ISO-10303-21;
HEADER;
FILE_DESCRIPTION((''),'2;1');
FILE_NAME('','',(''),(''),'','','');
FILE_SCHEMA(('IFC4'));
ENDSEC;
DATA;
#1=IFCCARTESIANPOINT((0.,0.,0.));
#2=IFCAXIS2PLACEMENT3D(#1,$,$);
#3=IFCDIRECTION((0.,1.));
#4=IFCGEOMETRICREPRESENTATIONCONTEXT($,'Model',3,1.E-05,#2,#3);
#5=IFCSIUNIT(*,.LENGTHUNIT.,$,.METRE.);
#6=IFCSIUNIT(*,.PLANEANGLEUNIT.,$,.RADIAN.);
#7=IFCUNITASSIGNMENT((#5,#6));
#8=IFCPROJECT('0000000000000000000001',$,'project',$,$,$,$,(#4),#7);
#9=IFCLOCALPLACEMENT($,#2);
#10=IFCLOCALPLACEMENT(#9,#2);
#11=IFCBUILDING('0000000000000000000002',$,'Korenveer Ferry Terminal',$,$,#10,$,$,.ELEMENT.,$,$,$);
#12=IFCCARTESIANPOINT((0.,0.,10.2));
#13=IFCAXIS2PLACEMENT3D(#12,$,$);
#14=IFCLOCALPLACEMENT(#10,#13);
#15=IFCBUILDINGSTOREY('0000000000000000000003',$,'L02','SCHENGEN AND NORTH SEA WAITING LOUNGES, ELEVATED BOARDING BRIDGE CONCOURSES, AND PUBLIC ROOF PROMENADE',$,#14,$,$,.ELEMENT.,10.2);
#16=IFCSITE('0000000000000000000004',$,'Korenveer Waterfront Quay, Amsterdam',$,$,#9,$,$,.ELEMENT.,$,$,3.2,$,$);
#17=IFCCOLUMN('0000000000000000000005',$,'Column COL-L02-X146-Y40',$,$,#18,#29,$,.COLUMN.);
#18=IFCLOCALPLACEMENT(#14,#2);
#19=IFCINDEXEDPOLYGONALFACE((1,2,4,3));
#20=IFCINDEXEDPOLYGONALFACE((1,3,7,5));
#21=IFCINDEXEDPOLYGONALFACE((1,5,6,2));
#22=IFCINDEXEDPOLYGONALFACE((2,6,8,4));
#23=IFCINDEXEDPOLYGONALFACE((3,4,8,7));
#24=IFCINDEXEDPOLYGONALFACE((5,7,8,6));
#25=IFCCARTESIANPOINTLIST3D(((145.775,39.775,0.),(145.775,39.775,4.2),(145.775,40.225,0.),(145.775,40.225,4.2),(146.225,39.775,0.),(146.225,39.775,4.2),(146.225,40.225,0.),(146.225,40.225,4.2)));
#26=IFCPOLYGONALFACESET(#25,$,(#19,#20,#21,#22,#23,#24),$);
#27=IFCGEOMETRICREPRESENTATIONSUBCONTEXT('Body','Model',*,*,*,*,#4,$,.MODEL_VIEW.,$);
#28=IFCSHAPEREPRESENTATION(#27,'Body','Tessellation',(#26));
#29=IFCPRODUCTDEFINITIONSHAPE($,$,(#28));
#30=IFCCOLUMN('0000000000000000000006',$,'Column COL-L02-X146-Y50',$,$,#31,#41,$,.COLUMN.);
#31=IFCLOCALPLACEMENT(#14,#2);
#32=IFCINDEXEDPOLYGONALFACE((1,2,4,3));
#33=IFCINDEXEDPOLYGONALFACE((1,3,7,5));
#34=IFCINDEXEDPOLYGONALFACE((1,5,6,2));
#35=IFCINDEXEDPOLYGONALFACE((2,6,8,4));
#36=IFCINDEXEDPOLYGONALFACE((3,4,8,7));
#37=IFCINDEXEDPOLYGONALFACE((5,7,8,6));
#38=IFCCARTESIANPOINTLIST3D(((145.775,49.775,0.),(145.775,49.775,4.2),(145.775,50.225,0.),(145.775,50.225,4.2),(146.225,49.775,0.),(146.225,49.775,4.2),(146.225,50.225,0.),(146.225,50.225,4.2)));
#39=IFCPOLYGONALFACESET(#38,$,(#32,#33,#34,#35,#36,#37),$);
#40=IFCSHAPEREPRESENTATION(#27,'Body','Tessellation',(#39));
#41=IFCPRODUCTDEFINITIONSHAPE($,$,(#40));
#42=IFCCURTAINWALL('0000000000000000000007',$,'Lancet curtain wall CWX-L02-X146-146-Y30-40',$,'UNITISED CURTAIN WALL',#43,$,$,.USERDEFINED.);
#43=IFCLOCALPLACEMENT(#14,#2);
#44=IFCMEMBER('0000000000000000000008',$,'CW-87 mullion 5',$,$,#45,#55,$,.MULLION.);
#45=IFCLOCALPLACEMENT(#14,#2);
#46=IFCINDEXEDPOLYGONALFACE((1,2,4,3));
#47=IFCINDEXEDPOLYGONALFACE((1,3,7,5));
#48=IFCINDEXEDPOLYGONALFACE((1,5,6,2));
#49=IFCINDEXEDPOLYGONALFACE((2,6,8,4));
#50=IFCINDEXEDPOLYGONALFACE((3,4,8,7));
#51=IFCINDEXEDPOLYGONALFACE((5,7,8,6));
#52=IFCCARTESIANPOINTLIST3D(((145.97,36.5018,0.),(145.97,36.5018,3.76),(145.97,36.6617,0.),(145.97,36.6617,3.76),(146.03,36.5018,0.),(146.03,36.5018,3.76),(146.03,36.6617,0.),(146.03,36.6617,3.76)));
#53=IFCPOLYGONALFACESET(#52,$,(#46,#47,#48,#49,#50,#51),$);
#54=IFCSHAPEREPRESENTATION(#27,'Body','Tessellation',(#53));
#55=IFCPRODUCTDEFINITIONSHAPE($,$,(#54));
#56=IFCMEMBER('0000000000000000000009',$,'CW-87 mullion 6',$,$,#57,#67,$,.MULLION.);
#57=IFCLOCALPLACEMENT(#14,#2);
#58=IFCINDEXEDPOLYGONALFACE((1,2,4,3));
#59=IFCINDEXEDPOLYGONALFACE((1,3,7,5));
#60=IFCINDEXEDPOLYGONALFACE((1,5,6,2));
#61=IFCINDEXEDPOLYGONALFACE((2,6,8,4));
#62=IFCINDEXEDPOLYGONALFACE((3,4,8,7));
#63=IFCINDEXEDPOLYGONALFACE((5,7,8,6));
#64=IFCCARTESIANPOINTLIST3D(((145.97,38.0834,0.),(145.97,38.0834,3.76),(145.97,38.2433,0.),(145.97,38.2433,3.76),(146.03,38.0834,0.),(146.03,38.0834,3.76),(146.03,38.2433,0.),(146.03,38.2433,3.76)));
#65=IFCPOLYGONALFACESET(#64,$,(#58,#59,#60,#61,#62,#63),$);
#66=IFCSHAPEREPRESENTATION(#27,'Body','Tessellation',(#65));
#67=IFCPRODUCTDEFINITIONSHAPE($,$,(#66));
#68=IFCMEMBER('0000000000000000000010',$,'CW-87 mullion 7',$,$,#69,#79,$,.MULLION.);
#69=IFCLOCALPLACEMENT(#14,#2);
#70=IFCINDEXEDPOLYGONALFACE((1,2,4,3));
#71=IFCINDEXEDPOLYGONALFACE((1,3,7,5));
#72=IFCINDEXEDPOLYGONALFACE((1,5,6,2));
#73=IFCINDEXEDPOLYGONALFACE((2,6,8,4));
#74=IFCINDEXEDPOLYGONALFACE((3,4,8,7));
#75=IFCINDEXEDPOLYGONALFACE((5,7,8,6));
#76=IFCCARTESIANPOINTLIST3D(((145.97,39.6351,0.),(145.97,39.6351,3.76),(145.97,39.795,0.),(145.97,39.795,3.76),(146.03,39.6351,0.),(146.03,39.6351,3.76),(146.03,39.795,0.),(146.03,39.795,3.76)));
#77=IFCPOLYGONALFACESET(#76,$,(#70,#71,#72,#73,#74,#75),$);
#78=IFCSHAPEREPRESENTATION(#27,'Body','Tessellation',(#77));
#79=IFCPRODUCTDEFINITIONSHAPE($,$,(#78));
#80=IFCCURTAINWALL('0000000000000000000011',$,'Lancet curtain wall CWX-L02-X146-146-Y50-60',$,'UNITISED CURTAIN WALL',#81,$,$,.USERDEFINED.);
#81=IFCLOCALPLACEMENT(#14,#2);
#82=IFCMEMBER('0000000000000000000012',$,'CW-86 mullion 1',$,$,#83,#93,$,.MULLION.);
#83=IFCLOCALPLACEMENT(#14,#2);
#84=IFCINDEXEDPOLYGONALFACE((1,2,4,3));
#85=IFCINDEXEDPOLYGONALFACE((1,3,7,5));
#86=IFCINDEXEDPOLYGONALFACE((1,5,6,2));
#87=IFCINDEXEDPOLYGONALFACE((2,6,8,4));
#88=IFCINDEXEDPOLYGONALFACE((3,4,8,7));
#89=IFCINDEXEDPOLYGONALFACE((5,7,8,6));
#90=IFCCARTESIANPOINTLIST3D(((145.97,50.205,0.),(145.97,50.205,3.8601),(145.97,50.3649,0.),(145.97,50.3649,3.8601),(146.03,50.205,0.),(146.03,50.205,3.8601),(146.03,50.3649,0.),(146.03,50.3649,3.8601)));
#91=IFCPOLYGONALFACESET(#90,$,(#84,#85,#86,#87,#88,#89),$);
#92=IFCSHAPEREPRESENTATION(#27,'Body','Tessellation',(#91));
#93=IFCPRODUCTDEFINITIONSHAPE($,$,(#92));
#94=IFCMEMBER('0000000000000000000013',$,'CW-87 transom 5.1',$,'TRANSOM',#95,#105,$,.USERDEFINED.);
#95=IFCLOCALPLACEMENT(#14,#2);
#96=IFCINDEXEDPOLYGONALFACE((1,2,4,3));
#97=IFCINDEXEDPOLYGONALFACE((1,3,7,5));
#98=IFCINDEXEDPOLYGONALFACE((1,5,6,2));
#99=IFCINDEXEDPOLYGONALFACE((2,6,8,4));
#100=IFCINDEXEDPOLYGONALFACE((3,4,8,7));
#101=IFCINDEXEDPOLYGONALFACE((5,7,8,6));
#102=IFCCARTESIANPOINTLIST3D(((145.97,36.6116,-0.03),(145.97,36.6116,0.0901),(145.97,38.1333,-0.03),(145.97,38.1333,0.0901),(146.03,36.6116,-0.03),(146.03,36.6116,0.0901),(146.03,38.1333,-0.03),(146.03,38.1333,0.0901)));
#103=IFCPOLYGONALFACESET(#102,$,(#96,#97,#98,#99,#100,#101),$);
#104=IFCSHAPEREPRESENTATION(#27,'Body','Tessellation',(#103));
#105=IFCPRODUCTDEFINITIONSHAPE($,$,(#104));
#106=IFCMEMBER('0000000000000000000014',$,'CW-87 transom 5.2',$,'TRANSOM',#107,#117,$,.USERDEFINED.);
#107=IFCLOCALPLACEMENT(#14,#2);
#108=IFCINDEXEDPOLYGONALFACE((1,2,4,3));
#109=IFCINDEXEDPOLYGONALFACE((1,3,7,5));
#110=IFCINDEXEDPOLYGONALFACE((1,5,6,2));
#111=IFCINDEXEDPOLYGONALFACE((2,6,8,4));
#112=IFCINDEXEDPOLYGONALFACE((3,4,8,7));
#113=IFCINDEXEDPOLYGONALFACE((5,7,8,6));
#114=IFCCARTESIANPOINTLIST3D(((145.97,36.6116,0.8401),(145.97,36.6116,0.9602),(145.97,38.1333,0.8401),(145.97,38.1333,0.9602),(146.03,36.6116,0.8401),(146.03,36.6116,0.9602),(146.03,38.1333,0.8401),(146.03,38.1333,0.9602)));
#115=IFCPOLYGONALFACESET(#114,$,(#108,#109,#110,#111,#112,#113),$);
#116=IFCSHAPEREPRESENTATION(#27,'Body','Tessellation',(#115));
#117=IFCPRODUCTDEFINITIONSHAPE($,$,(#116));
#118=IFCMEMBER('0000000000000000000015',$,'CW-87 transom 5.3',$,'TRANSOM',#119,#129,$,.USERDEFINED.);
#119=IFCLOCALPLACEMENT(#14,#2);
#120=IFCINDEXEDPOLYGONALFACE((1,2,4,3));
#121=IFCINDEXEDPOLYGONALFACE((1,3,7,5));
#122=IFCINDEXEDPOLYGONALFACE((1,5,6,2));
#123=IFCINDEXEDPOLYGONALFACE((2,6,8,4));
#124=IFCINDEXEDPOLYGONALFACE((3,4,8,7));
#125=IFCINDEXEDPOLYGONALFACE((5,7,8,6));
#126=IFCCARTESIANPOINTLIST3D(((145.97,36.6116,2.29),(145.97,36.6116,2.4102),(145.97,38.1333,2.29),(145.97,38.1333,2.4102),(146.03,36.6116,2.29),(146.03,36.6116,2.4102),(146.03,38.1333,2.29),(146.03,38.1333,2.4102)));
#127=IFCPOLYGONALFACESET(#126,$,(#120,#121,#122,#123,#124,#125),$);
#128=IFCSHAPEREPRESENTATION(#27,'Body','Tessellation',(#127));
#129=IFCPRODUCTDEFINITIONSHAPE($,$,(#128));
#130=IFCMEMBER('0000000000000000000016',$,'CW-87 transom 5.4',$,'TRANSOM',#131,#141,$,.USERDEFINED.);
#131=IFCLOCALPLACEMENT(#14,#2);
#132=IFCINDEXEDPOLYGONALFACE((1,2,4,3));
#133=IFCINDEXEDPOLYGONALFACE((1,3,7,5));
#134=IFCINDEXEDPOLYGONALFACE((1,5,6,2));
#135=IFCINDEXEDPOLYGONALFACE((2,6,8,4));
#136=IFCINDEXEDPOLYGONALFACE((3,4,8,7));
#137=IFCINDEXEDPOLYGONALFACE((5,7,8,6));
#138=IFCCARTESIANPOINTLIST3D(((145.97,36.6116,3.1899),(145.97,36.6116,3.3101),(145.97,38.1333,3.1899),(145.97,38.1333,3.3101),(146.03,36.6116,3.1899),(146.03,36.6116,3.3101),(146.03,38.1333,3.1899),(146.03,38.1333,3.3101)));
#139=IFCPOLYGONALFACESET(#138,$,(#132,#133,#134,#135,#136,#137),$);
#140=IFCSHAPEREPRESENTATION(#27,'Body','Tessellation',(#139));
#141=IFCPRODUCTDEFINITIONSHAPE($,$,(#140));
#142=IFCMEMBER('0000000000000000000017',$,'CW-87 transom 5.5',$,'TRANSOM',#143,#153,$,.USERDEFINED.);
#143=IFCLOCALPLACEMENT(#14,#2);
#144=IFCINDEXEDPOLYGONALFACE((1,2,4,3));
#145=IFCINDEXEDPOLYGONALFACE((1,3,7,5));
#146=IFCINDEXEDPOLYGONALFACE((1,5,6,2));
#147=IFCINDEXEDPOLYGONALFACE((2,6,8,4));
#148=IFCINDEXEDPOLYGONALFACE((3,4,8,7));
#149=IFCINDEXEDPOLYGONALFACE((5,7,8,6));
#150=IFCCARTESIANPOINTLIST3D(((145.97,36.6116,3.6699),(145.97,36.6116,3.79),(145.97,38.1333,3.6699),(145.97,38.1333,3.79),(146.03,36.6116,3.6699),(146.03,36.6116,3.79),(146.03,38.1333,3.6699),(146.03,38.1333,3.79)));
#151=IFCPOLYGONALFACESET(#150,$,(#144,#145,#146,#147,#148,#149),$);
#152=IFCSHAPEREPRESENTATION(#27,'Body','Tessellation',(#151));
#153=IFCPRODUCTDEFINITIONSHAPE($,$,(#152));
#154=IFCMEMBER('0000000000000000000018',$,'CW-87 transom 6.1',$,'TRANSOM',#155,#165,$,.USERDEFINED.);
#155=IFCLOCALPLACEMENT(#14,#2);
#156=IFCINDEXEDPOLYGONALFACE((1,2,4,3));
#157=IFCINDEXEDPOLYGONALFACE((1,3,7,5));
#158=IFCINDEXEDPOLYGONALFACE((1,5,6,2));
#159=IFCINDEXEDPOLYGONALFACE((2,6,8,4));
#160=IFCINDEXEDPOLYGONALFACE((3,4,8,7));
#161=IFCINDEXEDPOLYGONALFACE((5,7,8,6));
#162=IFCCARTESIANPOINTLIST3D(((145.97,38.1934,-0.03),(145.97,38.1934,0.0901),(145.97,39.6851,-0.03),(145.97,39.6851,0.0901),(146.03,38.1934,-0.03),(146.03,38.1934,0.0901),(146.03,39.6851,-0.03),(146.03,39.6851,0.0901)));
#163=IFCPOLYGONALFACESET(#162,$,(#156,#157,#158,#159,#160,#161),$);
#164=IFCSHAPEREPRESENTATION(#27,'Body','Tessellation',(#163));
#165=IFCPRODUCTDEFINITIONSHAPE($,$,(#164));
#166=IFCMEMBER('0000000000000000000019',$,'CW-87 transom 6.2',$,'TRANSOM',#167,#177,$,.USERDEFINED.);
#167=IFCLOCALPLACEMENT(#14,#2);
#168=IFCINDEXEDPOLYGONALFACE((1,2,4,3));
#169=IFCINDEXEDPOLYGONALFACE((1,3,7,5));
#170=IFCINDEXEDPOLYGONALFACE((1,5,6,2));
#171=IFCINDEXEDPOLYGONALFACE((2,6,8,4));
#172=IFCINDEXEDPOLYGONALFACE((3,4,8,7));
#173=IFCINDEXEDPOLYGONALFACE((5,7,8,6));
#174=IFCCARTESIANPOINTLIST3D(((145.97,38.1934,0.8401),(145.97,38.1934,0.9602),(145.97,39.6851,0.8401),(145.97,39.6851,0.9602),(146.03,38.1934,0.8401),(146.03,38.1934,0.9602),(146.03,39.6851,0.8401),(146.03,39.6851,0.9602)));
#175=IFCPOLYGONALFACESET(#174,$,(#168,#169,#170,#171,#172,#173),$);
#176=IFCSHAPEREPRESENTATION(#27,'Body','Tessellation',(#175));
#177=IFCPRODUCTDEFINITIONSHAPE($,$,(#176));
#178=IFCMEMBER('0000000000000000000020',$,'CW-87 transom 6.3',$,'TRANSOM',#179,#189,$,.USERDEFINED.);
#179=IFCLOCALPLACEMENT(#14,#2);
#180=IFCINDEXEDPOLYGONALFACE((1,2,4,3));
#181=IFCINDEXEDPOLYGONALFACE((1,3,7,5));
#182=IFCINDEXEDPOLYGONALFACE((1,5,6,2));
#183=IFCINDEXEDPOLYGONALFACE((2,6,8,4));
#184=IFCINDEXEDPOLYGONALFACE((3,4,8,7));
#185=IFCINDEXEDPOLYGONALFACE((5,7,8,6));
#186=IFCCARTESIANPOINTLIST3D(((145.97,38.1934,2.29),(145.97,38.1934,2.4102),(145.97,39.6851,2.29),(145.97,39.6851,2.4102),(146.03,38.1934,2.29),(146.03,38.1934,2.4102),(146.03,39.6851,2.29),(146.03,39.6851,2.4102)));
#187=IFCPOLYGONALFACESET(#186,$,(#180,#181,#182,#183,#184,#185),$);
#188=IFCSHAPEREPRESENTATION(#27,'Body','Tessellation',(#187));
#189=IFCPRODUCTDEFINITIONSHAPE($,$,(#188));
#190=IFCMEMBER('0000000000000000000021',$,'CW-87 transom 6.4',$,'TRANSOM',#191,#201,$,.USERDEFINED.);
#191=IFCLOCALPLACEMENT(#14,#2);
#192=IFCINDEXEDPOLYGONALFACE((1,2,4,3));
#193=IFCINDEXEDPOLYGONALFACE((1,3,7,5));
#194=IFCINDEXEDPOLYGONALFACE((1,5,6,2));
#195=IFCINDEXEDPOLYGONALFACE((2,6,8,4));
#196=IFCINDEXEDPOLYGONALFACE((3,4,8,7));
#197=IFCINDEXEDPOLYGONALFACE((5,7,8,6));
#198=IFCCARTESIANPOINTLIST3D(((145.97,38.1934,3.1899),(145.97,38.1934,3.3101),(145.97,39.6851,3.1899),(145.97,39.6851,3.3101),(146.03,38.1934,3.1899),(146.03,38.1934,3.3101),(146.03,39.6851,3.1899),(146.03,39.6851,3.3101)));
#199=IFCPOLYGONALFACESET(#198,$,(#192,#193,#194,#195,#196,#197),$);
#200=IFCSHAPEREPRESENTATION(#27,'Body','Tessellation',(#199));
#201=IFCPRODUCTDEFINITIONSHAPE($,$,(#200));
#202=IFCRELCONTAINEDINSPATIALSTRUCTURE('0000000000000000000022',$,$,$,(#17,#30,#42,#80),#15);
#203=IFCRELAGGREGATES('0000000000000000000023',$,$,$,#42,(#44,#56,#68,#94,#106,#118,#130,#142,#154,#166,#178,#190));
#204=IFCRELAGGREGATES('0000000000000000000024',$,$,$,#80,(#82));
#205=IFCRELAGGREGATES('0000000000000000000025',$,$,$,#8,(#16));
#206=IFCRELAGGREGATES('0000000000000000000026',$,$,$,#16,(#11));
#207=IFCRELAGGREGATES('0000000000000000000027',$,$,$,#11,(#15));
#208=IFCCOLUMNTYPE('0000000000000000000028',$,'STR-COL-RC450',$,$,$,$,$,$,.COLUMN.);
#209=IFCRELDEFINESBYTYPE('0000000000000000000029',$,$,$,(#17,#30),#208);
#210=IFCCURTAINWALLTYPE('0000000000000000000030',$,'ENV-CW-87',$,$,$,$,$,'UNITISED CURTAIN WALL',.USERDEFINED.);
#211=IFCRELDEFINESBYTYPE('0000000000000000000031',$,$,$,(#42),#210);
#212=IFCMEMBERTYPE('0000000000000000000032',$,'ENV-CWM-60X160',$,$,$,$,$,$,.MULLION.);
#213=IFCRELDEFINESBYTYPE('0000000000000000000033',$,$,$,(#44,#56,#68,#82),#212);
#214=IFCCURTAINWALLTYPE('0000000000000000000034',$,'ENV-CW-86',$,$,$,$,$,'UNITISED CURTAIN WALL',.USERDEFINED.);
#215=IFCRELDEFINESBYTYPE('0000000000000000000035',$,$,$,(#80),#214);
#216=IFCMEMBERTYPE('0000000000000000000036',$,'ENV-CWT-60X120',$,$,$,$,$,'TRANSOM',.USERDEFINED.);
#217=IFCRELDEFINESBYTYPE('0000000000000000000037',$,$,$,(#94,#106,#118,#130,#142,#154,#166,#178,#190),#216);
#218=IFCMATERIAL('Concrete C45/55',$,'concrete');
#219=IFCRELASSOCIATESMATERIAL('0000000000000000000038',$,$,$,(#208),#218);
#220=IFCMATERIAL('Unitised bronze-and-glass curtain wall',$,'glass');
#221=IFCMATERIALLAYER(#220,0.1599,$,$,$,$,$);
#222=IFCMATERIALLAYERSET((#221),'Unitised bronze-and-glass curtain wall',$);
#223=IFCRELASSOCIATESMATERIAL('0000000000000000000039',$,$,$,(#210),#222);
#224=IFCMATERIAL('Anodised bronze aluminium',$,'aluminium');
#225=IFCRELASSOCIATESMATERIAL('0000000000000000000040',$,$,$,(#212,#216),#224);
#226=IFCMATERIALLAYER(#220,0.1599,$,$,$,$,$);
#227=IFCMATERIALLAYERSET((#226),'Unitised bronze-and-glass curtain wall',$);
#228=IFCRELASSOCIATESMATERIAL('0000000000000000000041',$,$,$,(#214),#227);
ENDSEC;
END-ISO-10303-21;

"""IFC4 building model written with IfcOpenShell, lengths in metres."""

from ifc_helpers import new_model, si_unit, direction, frame, origin, origin_2d, place, context, subcontext, project, spatial, rectangle, extrude, material, layer, layer_set, material_profile, profile_set, type_object, element, aggregate, save


model = new_model("IFC4")

# Units and contexts
model_context = context("Model", 3, precision=1e-05, world=origin(), true_north=direction((0.0, 1.0)))
body_context = subcontext(model_context, "Body", "Model", "MODEL_VIEW")
ifc_project = project(units=[si_unit("LENGTHUNIT", "METRE"), si_unit("PLANEANGLEUNIT", "RADIAN")], contexts=[model_context])

# Site, building, storey
site_placement = place(None, origin())
site = spatial("IfcSite", under=ifc_project, at=site_placement, Name="Korenveer Waterfront Quay, Amsterdam", CompositionType="ELEMENT", RefElevation=3.2)
building_placement = place(site_placement, origin())
building = spatial("IfcBuilding", under=site, at=building_placement, Name="Korenveer Ferry Terminal", CompositionType="ELEMENT")
storey_placement = place(building_placement, frame((0.0, 0.0, 10.2)))
storey = spatial("IfcBuildingStorey", under=building, at=storey_placement, Name="L02", Description="SCHENGEN AND NORTH SEA WAITING LOUNGES, ELEVATED BOARDING BRIDGE CONCOURSES, AND PUBLIC ROOF PROMENADE", CompositionType="ELEMENT", Elevation=10.2)

# Columns
ifc_material_1 = material(Name="Concrete C45/55", Category="concrete")
ifc_material_profile_1 = material_profile(ifc_material_1, rectangle(XDim=0.45, YDim=0.45, at=origin_2d()), Name="RC 450x450")
ifc_profile_set_1 = profile_set([ifc_material_profile_1], Name="Concrete C45/55")
column_type = type_object("IfcColumnType", Name="STR-COL-RC450", PredefinedType="COLUMN", material=ifc_profile_set_1)
for number, where, z_axis, x_axis, name in (
    (1, (146.0, 40.0, 0.0), (0.0, 0.0, 1.0), (1.0, 0.0, 0.0), "Column COL-L02-X146-Y40"),
    (2, (146.0, 50.0, 0.0), (0.0, 0.0, 1.0), (1.0, 0.0, 0.0), "Column COL-L02-X146-Y50"),
):
    element("IfcColumn", number, at=place(storey_placement, frame(where, z_axis=z_axis, x_axis=x_axis)), inside=storey, type_object=column_type, Name=name, PredefinedType="COLUMN", context=body_context, shape_type="SweptSolid", body=[
        extrude(rectangle(XDim=0.45, YDim=0.45, at=origin_2d()), origin(), (0.0, 0.0, 1.0), 4.2),
    ])

# Curtain wall, members
ifc_material_2 = material(Name="Unitised bronze-and-glass curtain wall", Category="glass")
ifc_layer_1 = layer(ifc_material_2, 0.1599)
ifc_layer_set_1 = layer_set([ifc_layer_1], Name="Unitised bronze-and-glass curtain wall")
curtain_wall_type_1 = type_object("IfcCurtainWallType", Name="ENV-CW-87", ElementType="UNITISED CURTAIN WALL", PredefinedType="USERDEFINED", material=ifc_layer_set_1)
curtain_wall_1_placement = place(storey_placement, frame((146.0, 30.2549, 0.0)))
curtain_wall_1 = element("IfcCurtainWall", 3, at=curtain_wall_1_placement, inside=storey, type_object=curtain_wall_type_1, Name="Lancet curtain wall CWX-L02-X146-146-Y30-40", ObjectType="UNITISED CURTAIN WALL", PredefinedType="USERDEFINED")
ifc_material_3 = material(Name="Anodised bronze aluminium", Category="aluminium")
ifc_material_profile_2 = material_profile(ifc_material_3, rectangle(XDim=0.0601, YDim=0.1599, at=origin_2d()), Name="ALU 60x160")
ifc_profile_set_2 = profile_set([ifc_material_profile_2], Name="Anodised bronze aluminium")
member_type_1 = type_object("IfcMemberType", Name="ENV-CWM-60X160", PredefinedType="MULLION", material=ifc_profile_set_2)
member_1_placement = place(storey_placement, frame((146.0, 36.5818, 0.0), z_axis=(0.0, 0.0, 1.0), x_axis=(-1.0, 0.0, 0.0)))
member_1 = element("IfcMember", 4, at=member_1_placement, type_object=member_type_1, Name="CW-87 mullion 5", PredefinedType="MULLION", context=body_context, shape_type="SweptSolid", body=[
    extrude(rectangle(XDim=0.0601, YDim=0.1599, at=origin_2d()), origin(), (0.0, 0.0, 1.0), 3.76),
])
member_2_placement = place(storey_placement, frame((146.0, 38.1633, 0.0), z_axis=(0.0, 0.0, 1.0), x_axis=(-1.0, 0.0, 0.0)))
member_2 = element("IfcMember", 5, at=member_2_placement, type_object=member_type_1, Name="CW-87 mullion 6", PredefinedType="MULLION", context=body_context, shape_type="SweptSolid", body=[
    extrude(rectangle(XDim=0.0601, YDim=0.1599, at=origin_2d()), origin(), (0.0, 0.0, 1.0), 3.76),
])
member_3_placement = place(storey_placement, frame((146.0, 39.7151, 0.0), z_axis=(0.0, 0.0, 1.0), x_axis=(-1.0, 0.0, 0.0)))
member_3 = element("IfcMember", 6, at=member_3_placement, type_object=member_type_1, Name="CW-87 mullion 7", PredefinedType="MULLION", context=body_context, shape_type="SweptSolid", body=[
    extrude(rectangle(XDim=0.0601, YDim=0.1599, at=origin_2d()), origin(), (0.0, 0.0, 1.0), 3.76),
])

# Curtain wall, member
ifc_layer_2 = layer(ifc_material_2, 0.1599)
ifc_layer_set_2 = layer_set([ifc_layer_2], Name="Unitised bronze-and-glass curtain wall")
curtain_wall_type_2 = type_object("IfcCurtainWallType", Name="ENV-CW-86", ElementType="UNITISED CURTAIN WALL", PredefinedType="USERDEFINED", material=ifc_layer_set_2)
curtain_wall_2_placement = place(storey_placement, frame((146.0, 50.2549, 0.0)))
curtain_wall_2 = element("IfcCurtainWall", 7, at=curtain_wall_2_placement, inside=storey, type_object=curtain_wall_type_2, Name="Lancet curtain wall CWX-L02-X146-146-Y50-60", ObjectType="UNITISED CURTAIN WALL", PredefinedType="USERDEFINED")
member_4_placement = place(storey_placement, frame((146.0, 50.2849, 0.0), z_axis=(0.0, 0.0, 1.0), x_axis=(-1.0, 0.0, 0.0)))
member_4 = element("IfcMember", 8, at=member_4_placement, type_object=member_type_1, Name="CW-86 mullion 1", PredefinedType="MULLION", context=body_context, shape_type="SweptSolid", body=[
    extrude(rectangle(XDim=0.0601, YDim=0.1599, at=origin_2d()), origin(), (0.0, 0.0, 1.0), 3.8601),
])

# Members
ifc_material_profile_3 = material_profile(ifc_material_3, rectangle(XDim=0.0601, YDim=0.1201, at=origin_2d()), Name="ALU 60x120")
ifc_profile_set_3 = profile_set([ifc_material_profile_3], Name="Anodised bronze aluminium")
member_type_2 = type_object("IfcMemberType", Name="ENV-CWT-60X120", ElementType="TRANSOM", PredefinedType="USERDEFINED", material=ifc_profile_set_3)
member_5_placement = place(storey_placement, frame((146.0, 36.6116, 0.03), z_axis=(0.0, 1.0, 0.0), x_axis=(-1.0, 0.0, 0.0)))
member_5 = element("IfcMember", 9, at=member_5_placement, type_object=member_type_2, Name="CW-87 transom 5.1", ObjectType="TRANSOM", PredefinedType="USERDEFINED", context=body_context, shape_type="SweptSolid", body=[
    extrude(rectangle(XDim=0.0601, YDim=0.1201, at=origin_2d()), origin(), (0.0, 0.0, 1.0), 1.5217),
])
member_6_placement = place(storey_placement, frame((146.0, 36.6116, 0.9001), z_axis=(0.0, 1.0, 0.0), x_axis=(-1.0, 0.0, 0.0)))
member_6 = element("IfcMember", 10, at=member_6_placement, type_object=member_type_2, Name="CW-87 transom 5.2", ObjectType="TRANSOM", PredefinedType="USERDEFINED", context=body_context, shape_type="SweptSolid", body=[
    extrude(rectangle(XDim=0.0601, YDim=0.1201, at=origin_2d()), origin(), (0.0, 0.0, 1.0), 1.5217),
])
member_7_placement = place(storey_placement, frame((146.0, 36.6116, 2.3501), z_axis=(0.0, 1.0, 0.0), x_axis=(-1.0, 0.0, 0.0)))
member_7 = element("IfcMember", 11, at=member_7_placement, type_object=member_type_2, Name="CW-87 transom 5.3", ObjectType="TRANSOM", PredefinedType="USERDEFINED", context=body_context, shape_type="SweptSolid", body=[
    extrude(rectangle(XDim=0.0601, YDim=0.1201, at=origin_2d()), origin(), (0.0, 0.0, 1.0), 1.5217),
])
member_8_placement = place(storey_placement, frame((146.0, 36.6116, 3.25), z_axis=(0.0, 1.0, 0.0), x_axis=(-1.0, 0.0, 0.0)))
member_8 = element("IfcMember", 12, at=member_8_placement, type_object=member_type_2, Name="CW-87 transom 5.4", ObjectType="TRANSOM", PredefinedType="USERDEFINED", context=body_context, shape_type="SweptSolid", body=[
    extrude(rectangle(XDim=0.0601, YDim=0.1201, at=origin_2d()), origin(), (0.0, 0.0, 1.0), 1.5217),
])
member_9_placement = place(storey_placement, frame((146.0, 36.6116, 3.73), z_axis=(0.0, 1.0, 0.0), x_axis=(-1.0, 0.0, 0.0)))
member_9 = element("IfcMember", 13, at=member_9_placement, type_object=member_type_2, Name="CW-87 transom 5.5", ObjectType="TRANSOM", PredefinedType="USERDEFINED", context=body_context, shape_type="SweptSolid", body=[
    extrude(rectangle(XDim=0.0601, YDim=0.1201, at=origin_2d()), origin(), (0.0, 0.0, 1.0), 1.5217),
])
member_10_placement = place(storey_placement, frame((146.0, 38.1934, 0.03), z_axis=(0.0, 1.0, 0.0), x_axis=(-1.0, 0.0, 0.0)))
member_10 = element("IfcMember", 14, at=member_10_placement, type_object=member_type_2, Name="CW-87 transom 6.1", ObjectType="TRANSOM", PredefinedType="USERDEFINED", context=body_context, shape_type="SweptSolid", body=[
    extrude(rectangle(XDim=0.0601, YDim=0.1201, at=origin_2d()), origin(), (0.0, 0.0, 1.0), 1.4917),
])
member_11_placement = place(storey_placement, frame((146.0, 38.1934, 0.9001), z_axis=(0.0, 1.0, 0.0), x_axis=(-1.0, 0.0, 0.0)))
member_11 = element("IfcMember", 15, at=member_11_placement, type_object=member_type_2, Name="CW-87 transom 6.2", ObjectType="TRANSOM", PredefinedType="USERDEFINED", context=body_context, shape_type="SweptSolid", body=[
    extrude(rectangle(XDim=0.0601, YDim=0.1201, at=origin_2d()), origin(), (0.0, 0.0, 1.0), 1.4917),
])
member_12_placement = place(storey_placement, frame((146.0, 38.1934, 2.3501), z_axis=(0.0, 1.0, 0.0), x_axis=(-1.0, 0.0, 0.0)))
member_12 = element("IfcMember", 16, at=member_12_placement, type_object=member_type_2, Name="CW-87 transom 6.3", ObjectType="TRANSOM", PredefinedType="USERDEFINED", context=body_context, shape_type="SweptSolid", body=[
    extrude(rectangle(XDim=0.0601, YDim=0.1201, at=origin_2d()), origin(), (0.0, 0.0, 1.0), 1.4917),
])
member_13_placement = place(storey_placement, frame((146.0, 38.1934, 3.25), z_axis=(0.0, 1.0, 0.0), x_axis=(-1.0, 0.0, 0.0)))
member_13 = element("IfcMember", 17, at=member_13_placement, type_object=member_type_2, Name="CW-87 transom 6.4", ObjectType="TRANSOM", PredefinedType="USERDEFINED", context=body_context, shape_type="SweptSolid", body=[
    extrude(rectangle(XDim=0.0601, YDim=0.1201, at=origin_2d()), origin(), (0.0, 0.0, 1.0), 1.4917),
])

aggregate(curtain_wall_1, [member_1, member_2, member_3, member_5, member_6, member_7, member_8, member_9, member_10, member_11, member_12, member_13])
aggregate(curtain_wall_2, [member_4])

save(model, "model.ifc")
